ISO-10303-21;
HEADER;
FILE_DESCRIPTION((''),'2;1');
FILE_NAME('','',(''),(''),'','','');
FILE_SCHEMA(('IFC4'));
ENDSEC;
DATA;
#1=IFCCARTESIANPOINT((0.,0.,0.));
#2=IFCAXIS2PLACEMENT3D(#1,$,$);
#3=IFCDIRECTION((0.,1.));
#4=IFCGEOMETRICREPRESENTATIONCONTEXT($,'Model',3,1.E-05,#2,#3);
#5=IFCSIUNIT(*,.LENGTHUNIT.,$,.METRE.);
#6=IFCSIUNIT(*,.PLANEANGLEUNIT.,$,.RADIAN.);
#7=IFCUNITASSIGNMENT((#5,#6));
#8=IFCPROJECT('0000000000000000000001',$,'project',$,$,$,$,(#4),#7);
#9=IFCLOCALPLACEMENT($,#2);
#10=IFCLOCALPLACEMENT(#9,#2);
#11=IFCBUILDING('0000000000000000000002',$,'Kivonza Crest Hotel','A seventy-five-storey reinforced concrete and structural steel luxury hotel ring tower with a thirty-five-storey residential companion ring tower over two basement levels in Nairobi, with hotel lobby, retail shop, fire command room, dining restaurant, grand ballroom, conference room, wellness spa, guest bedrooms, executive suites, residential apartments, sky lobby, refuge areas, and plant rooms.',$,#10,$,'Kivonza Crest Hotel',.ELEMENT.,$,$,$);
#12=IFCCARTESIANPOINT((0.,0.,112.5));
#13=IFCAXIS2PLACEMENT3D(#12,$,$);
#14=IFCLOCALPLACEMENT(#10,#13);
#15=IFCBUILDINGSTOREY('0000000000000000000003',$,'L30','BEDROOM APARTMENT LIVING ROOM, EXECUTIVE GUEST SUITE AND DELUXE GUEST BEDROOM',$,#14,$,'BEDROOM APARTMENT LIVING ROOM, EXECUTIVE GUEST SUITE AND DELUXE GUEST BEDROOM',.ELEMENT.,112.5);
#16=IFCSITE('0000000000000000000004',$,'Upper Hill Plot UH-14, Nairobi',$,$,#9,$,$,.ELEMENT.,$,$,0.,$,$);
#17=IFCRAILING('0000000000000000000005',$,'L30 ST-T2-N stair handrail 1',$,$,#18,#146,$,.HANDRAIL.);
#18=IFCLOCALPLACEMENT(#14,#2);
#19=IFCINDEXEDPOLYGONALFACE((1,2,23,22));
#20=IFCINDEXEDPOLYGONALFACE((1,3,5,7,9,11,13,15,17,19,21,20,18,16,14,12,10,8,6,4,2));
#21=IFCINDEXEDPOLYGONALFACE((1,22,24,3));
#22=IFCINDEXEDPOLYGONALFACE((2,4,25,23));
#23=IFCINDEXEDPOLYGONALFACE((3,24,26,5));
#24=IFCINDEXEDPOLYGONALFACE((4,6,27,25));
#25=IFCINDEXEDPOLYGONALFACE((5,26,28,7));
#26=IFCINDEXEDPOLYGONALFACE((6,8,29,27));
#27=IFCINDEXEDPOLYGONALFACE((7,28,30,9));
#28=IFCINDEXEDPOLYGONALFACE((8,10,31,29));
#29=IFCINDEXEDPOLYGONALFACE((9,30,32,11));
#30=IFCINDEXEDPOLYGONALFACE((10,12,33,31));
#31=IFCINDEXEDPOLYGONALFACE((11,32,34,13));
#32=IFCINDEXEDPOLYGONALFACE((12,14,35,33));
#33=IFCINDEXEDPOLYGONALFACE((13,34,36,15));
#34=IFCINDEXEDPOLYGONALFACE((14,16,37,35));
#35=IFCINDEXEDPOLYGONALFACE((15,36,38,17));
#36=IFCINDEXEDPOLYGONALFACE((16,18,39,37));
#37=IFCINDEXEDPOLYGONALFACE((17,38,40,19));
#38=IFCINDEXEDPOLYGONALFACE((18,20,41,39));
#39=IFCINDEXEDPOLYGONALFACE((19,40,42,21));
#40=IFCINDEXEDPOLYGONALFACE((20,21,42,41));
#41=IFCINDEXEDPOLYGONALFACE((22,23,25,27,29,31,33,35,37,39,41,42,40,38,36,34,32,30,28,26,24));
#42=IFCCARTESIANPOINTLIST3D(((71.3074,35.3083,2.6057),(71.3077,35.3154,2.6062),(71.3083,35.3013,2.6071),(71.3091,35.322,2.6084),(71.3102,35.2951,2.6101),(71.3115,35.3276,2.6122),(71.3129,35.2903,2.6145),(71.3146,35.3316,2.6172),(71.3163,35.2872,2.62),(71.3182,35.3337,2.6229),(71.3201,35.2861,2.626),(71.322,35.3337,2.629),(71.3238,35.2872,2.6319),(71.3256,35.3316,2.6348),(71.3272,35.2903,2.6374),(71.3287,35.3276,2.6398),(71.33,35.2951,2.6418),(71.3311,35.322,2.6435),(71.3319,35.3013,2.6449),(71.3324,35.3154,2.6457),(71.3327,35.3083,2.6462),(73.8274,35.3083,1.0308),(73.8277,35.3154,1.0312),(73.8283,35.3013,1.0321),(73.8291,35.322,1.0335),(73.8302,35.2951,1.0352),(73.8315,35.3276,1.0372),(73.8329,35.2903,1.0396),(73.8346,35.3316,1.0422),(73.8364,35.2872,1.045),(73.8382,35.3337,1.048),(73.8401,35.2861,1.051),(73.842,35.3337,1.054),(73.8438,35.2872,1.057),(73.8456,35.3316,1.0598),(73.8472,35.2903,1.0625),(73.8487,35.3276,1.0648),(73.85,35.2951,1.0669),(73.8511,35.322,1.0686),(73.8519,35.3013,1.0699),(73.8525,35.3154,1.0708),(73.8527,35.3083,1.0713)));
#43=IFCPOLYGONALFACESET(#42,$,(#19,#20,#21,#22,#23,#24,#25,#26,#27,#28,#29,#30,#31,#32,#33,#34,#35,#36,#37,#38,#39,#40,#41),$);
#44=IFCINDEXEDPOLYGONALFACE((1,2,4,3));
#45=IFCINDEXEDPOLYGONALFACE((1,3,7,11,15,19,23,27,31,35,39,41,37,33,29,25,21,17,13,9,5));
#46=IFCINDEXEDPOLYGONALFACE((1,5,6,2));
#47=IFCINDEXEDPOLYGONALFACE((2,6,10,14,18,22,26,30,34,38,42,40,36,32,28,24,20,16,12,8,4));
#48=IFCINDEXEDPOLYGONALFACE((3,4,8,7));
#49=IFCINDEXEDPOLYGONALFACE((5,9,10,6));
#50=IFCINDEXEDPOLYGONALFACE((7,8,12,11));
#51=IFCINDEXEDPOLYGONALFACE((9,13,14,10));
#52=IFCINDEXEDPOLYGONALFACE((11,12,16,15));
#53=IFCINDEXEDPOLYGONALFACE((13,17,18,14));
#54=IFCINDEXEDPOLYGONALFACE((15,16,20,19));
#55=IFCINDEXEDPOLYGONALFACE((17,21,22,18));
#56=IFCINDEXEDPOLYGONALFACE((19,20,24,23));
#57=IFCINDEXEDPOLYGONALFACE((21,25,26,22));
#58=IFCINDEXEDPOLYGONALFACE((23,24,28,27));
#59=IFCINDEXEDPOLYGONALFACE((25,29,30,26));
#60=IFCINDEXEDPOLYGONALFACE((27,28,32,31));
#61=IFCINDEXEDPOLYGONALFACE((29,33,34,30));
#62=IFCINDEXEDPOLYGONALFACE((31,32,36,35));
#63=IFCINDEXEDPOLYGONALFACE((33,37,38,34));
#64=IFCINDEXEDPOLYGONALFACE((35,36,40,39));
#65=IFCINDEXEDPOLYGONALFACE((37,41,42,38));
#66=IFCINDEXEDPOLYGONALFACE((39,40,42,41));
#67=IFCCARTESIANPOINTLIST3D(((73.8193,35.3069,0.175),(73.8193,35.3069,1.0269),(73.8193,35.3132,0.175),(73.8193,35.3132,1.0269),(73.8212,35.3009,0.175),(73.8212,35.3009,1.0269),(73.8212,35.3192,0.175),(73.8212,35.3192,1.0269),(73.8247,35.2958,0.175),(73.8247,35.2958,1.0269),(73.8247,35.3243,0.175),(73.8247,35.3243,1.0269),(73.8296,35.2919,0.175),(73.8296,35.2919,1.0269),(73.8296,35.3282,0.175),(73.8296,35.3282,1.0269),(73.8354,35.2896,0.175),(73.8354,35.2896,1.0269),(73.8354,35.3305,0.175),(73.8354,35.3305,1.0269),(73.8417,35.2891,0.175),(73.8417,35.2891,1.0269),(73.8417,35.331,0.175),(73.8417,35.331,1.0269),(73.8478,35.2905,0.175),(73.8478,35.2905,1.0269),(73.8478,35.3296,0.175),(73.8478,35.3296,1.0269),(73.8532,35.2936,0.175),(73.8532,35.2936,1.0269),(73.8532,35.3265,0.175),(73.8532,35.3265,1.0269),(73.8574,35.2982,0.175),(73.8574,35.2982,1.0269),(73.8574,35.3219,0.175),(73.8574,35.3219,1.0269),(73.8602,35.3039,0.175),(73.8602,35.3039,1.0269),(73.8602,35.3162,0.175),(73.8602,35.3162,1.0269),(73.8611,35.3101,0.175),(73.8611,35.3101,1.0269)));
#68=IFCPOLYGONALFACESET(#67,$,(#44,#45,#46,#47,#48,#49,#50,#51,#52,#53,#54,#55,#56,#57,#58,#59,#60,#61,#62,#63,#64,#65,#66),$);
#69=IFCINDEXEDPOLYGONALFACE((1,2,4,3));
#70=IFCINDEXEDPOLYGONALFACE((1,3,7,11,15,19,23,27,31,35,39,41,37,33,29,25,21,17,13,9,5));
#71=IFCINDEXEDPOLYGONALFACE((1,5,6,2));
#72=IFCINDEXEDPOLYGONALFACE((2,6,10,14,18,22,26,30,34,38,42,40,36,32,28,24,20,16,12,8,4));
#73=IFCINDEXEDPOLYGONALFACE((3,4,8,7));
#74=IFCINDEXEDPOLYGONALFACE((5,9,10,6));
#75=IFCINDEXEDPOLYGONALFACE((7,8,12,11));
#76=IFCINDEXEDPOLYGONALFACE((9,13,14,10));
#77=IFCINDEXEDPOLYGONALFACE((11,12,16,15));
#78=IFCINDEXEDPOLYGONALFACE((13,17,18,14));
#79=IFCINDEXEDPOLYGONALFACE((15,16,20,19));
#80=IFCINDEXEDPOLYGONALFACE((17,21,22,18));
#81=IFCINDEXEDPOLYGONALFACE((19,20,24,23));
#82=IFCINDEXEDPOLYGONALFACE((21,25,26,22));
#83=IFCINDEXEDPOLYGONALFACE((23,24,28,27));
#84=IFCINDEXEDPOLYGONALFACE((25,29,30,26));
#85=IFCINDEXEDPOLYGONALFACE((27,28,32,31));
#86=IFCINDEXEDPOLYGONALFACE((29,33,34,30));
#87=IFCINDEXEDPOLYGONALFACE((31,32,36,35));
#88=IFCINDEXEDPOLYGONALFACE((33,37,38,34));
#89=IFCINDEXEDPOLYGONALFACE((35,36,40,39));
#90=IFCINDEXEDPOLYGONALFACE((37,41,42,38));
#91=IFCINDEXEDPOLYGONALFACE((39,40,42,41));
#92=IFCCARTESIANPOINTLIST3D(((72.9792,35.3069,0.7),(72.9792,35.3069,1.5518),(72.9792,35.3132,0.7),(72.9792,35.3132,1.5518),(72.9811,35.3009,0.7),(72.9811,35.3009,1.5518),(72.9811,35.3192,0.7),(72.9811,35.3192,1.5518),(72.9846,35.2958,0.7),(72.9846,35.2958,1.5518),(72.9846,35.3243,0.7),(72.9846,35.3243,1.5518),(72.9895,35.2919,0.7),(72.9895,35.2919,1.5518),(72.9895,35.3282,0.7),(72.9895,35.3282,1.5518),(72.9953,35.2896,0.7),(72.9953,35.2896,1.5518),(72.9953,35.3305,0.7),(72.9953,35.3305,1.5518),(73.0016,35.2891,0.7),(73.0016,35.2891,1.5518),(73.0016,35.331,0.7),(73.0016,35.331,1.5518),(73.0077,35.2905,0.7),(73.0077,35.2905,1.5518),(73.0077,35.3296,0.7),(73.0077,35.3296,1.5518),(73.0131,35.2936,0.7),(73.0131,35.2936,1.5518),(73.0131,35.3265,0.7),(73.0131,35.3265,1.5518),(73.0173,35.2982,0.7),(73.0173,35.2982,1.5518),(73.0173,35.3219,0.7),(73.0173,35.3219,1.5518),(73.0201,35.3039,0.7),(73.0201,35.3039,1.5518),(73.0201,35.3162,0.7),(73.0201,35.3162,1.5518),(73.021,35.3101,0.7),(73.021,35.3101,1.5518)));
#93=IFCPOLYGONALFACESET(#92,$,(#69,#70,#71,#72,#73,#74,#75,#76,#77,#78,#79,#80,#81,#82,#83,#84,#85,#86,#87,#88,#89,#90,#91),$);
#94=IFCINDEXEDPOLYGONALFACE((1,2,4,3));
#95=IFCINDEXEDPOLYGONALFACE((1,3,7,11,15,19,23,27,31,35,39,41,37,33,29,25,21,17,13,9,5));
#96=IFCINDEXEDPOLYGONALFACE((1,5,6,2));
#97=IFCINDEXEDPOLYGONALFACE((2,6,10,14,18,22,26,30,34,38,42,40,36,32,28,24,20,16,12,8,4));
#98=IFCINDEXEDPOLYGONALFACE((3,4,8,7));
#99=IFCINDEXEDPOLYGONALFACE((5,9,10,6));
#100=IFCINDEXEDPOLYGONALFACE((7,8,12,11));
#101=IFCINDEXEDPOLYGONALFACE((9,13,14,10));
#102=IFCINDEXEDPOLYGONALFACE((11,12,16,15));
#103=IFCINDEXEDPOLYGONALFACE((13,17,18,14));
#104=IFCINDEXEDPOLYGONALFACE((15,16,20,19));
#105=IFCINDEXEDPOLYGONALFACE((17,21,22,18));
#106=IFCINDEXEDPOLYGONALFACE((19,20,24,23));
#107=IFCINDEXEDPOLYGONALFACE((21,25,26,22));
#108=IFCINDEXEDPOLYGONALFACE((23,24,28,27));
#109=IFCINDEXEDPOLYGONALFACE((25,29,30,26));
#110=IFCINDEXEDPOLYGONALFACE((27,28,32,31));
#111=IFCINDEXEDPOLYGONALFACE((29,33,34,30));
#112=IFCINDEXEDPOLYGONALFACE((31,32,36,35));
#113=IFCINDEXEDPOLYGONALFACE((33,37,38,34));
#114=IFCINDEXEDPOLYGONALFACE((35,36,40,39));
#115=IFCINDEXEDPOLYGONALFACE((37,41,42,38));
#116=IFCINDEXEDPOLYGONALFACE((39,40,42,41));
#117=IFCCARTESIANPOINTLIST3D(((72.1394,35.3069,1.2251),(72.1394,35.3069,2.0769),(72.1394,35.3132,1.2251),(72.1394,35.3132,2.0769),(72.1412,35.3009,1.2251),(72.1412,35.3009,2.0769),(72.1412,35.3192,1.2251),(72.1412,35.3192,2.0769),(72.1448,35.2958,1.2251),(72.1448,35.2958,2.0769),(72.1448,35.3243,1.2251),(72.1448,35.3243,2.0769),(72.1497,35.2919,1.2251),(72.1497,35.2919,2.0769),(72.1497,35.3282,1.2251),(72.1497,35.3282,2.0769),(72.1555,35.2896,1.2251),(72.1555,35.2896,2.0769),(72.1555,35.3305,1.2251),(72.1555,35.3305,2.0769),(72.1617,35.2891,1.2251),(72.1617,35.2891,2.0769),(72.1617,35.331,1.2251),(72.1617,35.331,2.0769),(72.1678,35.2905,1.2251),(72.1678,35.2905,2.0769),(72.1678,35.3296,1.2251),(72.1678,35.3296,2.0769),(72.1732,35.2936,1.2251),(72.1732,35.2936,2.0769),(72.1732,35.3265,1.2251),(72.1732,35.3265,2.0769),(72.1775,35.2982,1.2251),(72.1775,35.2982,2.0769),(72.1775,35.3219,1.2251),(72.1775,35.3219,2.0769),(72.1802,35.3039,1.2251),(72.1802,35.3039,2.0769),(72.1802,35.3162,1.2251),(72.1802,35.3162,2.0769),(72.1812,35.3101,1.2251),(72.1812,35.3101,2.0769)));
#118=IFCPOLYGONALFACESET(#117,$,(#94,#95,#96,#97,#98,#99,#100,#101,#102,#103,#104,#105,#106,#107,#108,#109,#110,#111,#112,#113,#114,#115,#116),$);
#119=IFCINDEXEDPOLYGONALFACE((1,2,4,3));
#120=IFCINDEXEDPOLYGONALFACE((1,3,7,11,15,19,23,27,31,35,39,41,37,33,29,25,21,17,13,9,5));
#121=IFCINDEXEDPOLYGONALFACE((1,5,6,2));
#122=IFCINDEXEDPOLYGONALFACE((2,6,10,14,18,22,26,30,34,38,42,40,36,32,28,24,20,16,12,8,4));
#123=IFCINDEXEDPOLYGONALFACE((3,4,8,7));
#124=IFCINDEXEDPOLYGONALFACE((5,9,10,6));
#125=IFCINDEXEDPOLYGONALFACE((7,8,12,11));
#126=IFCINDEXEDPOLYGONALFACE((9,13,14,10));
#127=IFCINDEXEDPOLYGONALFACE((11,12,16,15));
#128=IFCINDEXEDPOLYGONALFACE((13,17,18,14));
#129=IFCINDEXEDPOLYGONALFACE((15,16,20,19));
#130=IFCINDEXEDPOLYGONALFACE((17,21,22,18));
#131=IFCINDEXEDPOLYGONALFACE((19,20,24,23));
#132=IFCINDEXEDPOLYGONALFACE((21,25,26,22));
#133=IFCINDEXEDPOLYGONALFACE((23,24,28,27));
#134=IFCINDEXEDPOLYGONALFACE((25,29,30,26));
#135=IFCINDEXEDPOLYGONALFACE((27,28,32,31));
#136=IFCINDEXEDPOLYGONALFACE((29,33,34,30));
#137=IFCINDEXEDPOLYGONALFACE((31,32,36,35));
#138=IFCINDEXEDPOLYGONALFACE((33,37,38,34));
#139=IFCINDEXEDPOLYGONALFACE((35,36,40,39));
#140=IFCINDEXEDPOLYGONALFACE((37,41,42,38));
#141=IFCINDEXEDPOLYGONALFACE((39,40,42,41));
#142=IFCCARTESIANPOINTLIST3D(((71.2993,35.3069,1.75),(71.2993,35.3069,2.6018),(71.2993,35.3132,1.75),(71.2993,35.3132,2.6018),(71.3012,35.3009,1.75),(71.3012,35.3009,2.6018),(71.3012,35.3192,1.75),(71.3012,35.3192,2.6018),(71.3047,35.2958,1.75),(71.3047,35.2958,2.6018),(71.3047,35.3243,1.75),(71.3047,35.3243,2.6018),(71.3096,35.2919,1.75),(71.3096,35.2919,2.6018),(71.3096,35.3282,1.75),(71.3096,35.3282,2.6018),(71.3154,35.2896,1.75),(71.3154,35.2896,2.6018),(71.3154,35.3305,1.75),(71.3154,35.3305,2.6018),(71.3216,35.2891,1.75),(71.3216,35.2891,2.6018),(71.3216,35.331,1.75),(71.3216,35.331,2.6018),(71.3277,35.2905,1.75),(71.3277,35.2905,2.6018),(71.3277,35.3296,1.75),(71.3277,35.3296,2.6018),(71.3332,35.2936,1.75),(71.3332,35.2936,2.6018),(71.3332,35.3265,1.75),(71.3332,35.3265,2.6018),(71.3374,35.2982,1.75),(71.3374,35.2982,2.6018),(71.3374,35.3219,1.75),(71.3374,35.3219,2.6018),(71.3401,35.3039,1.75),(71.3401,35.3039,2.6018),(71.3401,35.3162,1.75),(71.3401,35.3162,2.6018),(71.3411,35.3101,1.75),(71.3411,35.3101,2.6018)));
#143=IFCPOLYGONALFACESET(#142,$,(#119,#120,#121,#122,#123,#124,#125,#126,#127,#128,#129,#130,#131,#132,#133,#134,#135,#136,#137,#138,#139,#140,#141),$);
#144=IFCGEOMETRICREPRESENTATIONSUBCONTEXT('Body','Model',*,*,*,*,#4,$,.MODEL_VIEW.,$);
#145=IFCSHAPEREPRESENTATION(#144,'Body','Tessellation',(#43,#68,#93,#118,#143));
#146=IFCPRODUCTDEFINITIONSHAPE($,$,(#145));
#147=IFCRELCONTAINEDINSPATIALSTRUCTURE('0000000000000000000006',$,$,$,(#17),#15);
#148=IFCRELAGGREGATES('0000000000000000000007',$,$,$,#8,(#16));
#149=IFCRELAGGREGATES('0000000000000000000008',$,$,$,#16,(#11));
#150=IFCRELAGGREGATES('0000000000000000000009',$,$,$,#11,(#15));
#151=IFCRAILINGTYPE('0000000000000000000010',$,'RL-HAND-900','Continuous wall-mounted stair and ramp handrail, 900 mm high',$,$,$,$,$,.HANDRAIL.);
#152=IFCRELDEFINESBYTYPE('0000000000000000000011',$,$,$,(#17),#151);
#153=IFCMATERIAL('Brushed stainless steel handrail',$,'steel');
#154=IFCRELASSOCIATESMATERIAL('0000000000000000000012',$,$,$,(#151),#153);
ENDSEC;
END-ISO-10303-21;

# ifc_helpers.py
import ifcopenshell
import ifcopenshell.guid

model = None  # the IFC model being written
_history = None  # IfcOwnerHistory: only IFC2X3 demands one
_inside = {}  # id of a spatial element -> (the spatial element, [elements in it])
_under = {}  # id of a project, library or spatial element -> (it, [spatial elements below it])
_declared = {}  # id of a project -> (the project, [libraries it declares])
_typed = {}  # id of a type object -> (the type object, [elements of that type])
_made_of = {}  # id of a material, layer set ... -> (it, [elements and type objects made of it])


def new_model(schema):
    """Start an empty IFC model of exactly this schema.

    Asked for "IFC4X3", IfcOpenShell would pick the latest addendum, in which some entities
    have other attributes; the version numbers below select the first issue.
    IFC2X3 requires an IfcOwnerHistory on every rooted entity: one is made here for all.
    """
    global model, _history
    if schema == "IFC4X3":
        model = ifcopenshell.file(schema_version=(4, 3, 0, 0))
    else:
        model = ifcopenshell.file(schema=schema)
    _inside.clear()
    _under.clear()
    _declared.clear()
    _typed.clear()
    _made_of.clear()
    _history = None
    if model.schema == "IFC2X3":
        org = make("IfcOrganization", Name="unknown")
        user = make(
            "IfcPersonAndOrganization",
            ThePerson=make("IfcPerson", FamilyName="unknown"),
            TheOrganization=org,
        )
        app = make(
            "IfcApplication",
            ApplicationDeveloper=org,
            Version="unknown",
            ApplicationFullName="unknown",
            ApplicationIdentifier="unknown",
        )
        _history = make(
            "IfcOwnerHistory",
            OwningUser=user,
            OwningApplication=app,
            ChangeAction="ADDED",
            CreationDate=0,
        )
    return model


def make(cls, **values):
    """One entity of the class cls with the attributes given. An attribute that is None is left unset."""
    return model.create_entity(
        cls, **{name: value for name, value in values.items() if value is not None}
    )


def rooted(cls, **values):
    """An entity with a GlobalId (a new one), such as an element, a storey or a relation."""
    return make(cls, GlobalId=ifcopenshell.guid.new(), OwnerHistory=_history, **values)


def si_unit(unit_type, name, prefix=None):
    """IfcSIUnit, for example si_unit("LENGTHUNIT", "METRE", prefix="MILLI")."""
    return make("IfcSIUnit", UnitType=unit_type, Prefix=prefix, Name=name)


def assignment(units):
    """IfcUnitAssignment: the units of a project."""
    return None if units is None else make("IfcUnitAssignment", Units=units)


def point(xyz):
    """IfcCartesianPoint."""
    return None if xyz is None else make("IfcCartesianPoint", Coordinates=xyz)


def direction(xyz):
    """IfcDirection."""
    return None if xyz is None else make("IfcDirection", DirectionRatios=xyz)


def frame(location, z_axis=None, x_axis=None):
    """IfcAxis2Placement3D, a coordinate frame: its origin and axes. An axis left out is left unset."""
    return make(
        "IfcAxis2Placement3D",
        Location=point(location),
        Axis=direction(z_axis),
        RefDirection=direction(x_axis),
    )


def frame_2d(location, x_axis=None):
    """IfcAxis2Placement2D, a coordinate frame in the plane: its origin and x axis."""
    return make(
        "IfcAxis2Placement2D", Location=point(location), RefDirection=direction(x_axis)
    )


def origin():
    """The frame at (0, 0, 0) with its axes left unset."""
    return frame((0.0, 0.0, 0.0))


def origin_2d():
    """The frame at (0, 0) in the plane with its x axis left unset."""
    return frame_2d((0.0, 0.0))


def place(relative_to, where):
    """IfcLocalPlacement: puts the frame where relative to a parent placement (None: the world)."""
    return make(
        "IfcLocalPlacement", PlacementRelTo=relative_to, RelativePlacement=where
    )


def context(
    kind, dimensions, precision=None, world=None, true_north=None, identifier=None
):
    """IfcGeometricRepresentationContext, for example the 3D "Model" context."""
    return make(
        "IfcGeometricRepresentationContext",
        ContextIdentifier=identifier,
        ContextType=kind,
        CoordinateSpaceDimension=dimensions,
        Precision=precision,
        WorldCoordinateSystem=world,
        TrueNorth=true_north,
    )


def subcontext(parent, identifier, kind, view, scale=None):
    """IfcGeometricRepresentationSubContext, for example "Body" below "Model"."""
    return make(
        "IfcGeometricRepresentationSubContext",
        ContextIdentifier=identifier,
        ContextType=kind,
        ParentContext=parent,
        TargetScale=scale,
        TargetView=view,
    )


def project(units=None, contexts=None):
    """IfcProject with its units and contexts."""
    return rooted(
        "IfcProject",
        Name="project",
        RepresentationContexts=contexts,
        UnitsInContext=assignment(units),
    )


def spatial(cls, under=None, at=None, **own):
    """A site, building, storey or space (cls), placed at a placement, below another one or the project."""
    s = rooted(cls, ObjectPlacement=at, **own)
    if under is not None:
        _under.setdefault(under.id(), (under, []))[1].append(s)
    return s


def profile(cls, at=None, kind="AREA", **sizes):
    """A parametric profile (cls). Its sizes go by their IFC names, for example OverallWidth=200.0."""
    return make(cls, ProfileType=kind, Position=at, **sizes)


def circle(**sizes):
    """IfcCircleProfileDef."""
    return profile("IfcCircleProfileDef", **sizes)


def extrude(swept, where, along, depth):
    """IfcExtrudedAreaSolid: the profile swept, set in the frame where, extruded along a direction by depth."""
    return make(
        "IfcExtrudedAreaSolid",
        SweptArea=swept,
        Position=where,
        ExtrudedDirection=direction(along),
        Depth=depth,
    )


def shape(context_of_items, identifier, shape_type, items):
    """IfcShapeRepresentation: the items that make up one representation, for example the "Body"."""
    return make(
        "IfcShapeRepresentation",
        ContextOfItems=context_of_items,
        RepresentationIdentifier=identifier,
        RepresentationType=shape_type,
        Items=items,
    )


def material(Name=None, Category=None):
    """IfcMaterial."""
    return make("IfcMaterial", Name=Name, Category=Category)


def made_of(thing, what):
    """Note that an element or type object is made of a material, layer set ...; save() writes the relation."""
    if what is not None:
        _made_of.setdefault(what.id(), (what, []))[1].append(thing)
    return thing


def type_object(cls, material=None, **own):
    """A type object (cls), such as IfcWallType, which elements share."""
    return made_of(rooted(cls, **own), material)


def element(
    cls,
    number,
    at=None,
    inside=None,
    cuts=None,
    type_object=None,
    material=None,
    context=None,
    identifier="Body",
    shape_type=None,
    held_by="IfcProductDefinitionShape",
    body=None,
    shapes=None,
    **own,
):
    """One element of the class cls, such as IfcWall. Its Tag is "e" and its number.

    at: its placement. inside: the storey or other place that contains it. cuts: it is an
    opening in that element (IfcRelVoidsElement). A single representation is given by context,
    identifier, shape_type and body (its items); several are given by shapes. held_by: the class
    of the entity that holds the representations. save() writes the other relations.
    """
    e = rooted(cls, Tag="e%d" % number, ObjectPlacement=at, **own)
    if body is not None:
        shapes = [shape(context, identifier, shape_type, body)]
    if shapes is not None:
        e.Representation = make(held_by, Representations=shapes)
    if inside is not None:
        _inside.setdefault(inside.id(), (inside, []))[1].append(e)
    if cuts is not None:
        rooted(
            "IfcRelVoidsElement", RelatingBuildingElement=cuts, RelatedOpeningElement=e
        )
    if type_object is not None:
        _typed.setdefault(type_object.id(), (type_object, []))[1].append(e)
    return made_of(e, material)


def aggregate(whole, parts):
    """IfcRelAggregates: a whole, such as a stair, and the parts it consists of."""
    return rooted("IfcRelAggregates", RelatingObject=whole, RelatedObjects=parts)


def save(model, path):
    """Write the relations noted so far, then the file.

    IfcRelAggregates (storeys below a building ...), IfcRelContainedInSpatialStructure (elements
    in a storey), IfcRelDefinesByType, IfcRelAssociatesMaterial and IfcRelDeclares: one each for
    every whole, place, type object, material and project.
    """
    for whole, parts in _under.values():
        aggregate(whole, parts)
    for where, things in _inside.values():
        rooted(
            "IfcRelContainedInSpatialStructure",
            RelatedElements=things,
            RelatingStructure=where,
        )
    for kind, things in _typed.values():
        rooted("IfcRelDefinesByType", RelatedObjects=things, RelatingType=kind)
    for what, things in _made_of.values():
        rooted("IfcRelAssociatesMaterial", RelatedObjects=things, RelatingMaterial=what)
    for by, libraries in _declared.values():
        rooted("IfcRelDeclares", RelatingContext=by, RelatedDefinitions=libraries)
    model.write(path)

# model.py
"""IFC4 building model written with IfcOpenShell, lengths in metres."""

from ifc_helpers import new_model, si_unit, direction, frame, origin, origin_2d, place, context, subcontext, project, spatial, circle, extrude, material, type_object, element, save


model = new_model("IFC4")

# Units and contexts
model_context = context("Model", 3, precision=1e-05, world=origin(), true_north=direction((0.0, 1.0)))
body_context = subcontext(model_context, "Body", "Model", "MODEL_VIEW")
ifc_project = project(units=[si_unit("LENGTHUNIT", "METRE"), si_unit("PLANEANGLEUNIT", "RADIAN")], contexts=[model_context])

# Site, building, storey
site_placement = place(None, origin())
site = spatial("IfcSite", under=ifc_project, at=site_placement, Name="Upper Hill Plot UH-14, Nairobi", CompositionType="ELEMENT", RefElevation=0.0)
building_placement = place(site_placement, origin())
building = spatial("IfcBuilding", under=site, at=building_placement, Name="Kivonza Crest Hotel", Description="A seventy-five-storey reinforced concrete and structural steel luxury hotel ring tower with a thirty-five-storey residential companion ring tower over two basement levels in Nairobi, with hotel lobby, retail shop, fire command room, dining restaurant, grand ballroom, conference room, wellness spa, guest bedrooms, executive suites, residential apartments, sky lobby, refuge areas, and plant rooms.", LongName="Kivonza Crest Hotel", CompositionType="ELEMENT")
storey_placement = place(building_placement, frame((0.0, 0.0, 112.5)))
storey = spatial("IfcBuildingStorey", under=building, at=storey_placement, Name="L30", Description="BEDROOM APARTMENT LIVING ROOM, EXECUTIVE GUEST SUITE AND DELUXE GUEST BEDROOM", LongName="BEDROOM APARTMENT LIVING ROOM, EXECUTIVE GUEST SUITE AND DELUXE GUEST BEDROOM", CompositionType="ELEMENT", Elevation=112.5)

# Railing
ifc_material_1 = material(Name="Brushed stainless steel handrail", Category="steel")
railing_type = type_object("IfcRailingType", Name="RL-HAND-900", Description="Continuous wall-mounted stair and ramp handrail, 900 mm high", PredefinedType="HANDRAIL", material=ifc_material_1)
railing_placement = place(storey_placement, frame((73.8401, 35.3101, 0.175)))
element("IfcRailing", 1, at=railing_placement, inside=storey, type_object=railing_type, Name="L30 ST-T2-N stair handrail 1", PredefinedType="HANDRAIL", context=body_context, shape_type="SweptSolid", body=[
    extrude(circle(Radius=0.0239, at=origin_2d()), frame((0.0, 0.0, 0.876), z_axis=(-0.848008, 0.0, 0.529984), x_axis=(0.0, -1.0, 0.0)), (0.0, 0.0, 1.0), 2.9717),
    extrude(circle(Radius=0.021, at=origin_2d()), origin(), (0.0, 0.0, 1.0), 0.8518),
    extrude(circle(Radius=0.021, at=origin_2d()), frame((-0.8401, 0.0, 0.5249)), (0.0, 0.0, 1.0), 0.8518),
    extrude(circle(Radius=0.021, at=origin_2d()), frame((-1.6799, 0.0, 1.05)), (0.0, 0.0, 1.0), 0.8518),
    extrude(circle(Radius=0.021, at=origin_2d()), frame((-2.52, 0.0, 1.575)), (0.0, 0.0, 1.0), 0.8518),
])

save(model, "model.ifc")
